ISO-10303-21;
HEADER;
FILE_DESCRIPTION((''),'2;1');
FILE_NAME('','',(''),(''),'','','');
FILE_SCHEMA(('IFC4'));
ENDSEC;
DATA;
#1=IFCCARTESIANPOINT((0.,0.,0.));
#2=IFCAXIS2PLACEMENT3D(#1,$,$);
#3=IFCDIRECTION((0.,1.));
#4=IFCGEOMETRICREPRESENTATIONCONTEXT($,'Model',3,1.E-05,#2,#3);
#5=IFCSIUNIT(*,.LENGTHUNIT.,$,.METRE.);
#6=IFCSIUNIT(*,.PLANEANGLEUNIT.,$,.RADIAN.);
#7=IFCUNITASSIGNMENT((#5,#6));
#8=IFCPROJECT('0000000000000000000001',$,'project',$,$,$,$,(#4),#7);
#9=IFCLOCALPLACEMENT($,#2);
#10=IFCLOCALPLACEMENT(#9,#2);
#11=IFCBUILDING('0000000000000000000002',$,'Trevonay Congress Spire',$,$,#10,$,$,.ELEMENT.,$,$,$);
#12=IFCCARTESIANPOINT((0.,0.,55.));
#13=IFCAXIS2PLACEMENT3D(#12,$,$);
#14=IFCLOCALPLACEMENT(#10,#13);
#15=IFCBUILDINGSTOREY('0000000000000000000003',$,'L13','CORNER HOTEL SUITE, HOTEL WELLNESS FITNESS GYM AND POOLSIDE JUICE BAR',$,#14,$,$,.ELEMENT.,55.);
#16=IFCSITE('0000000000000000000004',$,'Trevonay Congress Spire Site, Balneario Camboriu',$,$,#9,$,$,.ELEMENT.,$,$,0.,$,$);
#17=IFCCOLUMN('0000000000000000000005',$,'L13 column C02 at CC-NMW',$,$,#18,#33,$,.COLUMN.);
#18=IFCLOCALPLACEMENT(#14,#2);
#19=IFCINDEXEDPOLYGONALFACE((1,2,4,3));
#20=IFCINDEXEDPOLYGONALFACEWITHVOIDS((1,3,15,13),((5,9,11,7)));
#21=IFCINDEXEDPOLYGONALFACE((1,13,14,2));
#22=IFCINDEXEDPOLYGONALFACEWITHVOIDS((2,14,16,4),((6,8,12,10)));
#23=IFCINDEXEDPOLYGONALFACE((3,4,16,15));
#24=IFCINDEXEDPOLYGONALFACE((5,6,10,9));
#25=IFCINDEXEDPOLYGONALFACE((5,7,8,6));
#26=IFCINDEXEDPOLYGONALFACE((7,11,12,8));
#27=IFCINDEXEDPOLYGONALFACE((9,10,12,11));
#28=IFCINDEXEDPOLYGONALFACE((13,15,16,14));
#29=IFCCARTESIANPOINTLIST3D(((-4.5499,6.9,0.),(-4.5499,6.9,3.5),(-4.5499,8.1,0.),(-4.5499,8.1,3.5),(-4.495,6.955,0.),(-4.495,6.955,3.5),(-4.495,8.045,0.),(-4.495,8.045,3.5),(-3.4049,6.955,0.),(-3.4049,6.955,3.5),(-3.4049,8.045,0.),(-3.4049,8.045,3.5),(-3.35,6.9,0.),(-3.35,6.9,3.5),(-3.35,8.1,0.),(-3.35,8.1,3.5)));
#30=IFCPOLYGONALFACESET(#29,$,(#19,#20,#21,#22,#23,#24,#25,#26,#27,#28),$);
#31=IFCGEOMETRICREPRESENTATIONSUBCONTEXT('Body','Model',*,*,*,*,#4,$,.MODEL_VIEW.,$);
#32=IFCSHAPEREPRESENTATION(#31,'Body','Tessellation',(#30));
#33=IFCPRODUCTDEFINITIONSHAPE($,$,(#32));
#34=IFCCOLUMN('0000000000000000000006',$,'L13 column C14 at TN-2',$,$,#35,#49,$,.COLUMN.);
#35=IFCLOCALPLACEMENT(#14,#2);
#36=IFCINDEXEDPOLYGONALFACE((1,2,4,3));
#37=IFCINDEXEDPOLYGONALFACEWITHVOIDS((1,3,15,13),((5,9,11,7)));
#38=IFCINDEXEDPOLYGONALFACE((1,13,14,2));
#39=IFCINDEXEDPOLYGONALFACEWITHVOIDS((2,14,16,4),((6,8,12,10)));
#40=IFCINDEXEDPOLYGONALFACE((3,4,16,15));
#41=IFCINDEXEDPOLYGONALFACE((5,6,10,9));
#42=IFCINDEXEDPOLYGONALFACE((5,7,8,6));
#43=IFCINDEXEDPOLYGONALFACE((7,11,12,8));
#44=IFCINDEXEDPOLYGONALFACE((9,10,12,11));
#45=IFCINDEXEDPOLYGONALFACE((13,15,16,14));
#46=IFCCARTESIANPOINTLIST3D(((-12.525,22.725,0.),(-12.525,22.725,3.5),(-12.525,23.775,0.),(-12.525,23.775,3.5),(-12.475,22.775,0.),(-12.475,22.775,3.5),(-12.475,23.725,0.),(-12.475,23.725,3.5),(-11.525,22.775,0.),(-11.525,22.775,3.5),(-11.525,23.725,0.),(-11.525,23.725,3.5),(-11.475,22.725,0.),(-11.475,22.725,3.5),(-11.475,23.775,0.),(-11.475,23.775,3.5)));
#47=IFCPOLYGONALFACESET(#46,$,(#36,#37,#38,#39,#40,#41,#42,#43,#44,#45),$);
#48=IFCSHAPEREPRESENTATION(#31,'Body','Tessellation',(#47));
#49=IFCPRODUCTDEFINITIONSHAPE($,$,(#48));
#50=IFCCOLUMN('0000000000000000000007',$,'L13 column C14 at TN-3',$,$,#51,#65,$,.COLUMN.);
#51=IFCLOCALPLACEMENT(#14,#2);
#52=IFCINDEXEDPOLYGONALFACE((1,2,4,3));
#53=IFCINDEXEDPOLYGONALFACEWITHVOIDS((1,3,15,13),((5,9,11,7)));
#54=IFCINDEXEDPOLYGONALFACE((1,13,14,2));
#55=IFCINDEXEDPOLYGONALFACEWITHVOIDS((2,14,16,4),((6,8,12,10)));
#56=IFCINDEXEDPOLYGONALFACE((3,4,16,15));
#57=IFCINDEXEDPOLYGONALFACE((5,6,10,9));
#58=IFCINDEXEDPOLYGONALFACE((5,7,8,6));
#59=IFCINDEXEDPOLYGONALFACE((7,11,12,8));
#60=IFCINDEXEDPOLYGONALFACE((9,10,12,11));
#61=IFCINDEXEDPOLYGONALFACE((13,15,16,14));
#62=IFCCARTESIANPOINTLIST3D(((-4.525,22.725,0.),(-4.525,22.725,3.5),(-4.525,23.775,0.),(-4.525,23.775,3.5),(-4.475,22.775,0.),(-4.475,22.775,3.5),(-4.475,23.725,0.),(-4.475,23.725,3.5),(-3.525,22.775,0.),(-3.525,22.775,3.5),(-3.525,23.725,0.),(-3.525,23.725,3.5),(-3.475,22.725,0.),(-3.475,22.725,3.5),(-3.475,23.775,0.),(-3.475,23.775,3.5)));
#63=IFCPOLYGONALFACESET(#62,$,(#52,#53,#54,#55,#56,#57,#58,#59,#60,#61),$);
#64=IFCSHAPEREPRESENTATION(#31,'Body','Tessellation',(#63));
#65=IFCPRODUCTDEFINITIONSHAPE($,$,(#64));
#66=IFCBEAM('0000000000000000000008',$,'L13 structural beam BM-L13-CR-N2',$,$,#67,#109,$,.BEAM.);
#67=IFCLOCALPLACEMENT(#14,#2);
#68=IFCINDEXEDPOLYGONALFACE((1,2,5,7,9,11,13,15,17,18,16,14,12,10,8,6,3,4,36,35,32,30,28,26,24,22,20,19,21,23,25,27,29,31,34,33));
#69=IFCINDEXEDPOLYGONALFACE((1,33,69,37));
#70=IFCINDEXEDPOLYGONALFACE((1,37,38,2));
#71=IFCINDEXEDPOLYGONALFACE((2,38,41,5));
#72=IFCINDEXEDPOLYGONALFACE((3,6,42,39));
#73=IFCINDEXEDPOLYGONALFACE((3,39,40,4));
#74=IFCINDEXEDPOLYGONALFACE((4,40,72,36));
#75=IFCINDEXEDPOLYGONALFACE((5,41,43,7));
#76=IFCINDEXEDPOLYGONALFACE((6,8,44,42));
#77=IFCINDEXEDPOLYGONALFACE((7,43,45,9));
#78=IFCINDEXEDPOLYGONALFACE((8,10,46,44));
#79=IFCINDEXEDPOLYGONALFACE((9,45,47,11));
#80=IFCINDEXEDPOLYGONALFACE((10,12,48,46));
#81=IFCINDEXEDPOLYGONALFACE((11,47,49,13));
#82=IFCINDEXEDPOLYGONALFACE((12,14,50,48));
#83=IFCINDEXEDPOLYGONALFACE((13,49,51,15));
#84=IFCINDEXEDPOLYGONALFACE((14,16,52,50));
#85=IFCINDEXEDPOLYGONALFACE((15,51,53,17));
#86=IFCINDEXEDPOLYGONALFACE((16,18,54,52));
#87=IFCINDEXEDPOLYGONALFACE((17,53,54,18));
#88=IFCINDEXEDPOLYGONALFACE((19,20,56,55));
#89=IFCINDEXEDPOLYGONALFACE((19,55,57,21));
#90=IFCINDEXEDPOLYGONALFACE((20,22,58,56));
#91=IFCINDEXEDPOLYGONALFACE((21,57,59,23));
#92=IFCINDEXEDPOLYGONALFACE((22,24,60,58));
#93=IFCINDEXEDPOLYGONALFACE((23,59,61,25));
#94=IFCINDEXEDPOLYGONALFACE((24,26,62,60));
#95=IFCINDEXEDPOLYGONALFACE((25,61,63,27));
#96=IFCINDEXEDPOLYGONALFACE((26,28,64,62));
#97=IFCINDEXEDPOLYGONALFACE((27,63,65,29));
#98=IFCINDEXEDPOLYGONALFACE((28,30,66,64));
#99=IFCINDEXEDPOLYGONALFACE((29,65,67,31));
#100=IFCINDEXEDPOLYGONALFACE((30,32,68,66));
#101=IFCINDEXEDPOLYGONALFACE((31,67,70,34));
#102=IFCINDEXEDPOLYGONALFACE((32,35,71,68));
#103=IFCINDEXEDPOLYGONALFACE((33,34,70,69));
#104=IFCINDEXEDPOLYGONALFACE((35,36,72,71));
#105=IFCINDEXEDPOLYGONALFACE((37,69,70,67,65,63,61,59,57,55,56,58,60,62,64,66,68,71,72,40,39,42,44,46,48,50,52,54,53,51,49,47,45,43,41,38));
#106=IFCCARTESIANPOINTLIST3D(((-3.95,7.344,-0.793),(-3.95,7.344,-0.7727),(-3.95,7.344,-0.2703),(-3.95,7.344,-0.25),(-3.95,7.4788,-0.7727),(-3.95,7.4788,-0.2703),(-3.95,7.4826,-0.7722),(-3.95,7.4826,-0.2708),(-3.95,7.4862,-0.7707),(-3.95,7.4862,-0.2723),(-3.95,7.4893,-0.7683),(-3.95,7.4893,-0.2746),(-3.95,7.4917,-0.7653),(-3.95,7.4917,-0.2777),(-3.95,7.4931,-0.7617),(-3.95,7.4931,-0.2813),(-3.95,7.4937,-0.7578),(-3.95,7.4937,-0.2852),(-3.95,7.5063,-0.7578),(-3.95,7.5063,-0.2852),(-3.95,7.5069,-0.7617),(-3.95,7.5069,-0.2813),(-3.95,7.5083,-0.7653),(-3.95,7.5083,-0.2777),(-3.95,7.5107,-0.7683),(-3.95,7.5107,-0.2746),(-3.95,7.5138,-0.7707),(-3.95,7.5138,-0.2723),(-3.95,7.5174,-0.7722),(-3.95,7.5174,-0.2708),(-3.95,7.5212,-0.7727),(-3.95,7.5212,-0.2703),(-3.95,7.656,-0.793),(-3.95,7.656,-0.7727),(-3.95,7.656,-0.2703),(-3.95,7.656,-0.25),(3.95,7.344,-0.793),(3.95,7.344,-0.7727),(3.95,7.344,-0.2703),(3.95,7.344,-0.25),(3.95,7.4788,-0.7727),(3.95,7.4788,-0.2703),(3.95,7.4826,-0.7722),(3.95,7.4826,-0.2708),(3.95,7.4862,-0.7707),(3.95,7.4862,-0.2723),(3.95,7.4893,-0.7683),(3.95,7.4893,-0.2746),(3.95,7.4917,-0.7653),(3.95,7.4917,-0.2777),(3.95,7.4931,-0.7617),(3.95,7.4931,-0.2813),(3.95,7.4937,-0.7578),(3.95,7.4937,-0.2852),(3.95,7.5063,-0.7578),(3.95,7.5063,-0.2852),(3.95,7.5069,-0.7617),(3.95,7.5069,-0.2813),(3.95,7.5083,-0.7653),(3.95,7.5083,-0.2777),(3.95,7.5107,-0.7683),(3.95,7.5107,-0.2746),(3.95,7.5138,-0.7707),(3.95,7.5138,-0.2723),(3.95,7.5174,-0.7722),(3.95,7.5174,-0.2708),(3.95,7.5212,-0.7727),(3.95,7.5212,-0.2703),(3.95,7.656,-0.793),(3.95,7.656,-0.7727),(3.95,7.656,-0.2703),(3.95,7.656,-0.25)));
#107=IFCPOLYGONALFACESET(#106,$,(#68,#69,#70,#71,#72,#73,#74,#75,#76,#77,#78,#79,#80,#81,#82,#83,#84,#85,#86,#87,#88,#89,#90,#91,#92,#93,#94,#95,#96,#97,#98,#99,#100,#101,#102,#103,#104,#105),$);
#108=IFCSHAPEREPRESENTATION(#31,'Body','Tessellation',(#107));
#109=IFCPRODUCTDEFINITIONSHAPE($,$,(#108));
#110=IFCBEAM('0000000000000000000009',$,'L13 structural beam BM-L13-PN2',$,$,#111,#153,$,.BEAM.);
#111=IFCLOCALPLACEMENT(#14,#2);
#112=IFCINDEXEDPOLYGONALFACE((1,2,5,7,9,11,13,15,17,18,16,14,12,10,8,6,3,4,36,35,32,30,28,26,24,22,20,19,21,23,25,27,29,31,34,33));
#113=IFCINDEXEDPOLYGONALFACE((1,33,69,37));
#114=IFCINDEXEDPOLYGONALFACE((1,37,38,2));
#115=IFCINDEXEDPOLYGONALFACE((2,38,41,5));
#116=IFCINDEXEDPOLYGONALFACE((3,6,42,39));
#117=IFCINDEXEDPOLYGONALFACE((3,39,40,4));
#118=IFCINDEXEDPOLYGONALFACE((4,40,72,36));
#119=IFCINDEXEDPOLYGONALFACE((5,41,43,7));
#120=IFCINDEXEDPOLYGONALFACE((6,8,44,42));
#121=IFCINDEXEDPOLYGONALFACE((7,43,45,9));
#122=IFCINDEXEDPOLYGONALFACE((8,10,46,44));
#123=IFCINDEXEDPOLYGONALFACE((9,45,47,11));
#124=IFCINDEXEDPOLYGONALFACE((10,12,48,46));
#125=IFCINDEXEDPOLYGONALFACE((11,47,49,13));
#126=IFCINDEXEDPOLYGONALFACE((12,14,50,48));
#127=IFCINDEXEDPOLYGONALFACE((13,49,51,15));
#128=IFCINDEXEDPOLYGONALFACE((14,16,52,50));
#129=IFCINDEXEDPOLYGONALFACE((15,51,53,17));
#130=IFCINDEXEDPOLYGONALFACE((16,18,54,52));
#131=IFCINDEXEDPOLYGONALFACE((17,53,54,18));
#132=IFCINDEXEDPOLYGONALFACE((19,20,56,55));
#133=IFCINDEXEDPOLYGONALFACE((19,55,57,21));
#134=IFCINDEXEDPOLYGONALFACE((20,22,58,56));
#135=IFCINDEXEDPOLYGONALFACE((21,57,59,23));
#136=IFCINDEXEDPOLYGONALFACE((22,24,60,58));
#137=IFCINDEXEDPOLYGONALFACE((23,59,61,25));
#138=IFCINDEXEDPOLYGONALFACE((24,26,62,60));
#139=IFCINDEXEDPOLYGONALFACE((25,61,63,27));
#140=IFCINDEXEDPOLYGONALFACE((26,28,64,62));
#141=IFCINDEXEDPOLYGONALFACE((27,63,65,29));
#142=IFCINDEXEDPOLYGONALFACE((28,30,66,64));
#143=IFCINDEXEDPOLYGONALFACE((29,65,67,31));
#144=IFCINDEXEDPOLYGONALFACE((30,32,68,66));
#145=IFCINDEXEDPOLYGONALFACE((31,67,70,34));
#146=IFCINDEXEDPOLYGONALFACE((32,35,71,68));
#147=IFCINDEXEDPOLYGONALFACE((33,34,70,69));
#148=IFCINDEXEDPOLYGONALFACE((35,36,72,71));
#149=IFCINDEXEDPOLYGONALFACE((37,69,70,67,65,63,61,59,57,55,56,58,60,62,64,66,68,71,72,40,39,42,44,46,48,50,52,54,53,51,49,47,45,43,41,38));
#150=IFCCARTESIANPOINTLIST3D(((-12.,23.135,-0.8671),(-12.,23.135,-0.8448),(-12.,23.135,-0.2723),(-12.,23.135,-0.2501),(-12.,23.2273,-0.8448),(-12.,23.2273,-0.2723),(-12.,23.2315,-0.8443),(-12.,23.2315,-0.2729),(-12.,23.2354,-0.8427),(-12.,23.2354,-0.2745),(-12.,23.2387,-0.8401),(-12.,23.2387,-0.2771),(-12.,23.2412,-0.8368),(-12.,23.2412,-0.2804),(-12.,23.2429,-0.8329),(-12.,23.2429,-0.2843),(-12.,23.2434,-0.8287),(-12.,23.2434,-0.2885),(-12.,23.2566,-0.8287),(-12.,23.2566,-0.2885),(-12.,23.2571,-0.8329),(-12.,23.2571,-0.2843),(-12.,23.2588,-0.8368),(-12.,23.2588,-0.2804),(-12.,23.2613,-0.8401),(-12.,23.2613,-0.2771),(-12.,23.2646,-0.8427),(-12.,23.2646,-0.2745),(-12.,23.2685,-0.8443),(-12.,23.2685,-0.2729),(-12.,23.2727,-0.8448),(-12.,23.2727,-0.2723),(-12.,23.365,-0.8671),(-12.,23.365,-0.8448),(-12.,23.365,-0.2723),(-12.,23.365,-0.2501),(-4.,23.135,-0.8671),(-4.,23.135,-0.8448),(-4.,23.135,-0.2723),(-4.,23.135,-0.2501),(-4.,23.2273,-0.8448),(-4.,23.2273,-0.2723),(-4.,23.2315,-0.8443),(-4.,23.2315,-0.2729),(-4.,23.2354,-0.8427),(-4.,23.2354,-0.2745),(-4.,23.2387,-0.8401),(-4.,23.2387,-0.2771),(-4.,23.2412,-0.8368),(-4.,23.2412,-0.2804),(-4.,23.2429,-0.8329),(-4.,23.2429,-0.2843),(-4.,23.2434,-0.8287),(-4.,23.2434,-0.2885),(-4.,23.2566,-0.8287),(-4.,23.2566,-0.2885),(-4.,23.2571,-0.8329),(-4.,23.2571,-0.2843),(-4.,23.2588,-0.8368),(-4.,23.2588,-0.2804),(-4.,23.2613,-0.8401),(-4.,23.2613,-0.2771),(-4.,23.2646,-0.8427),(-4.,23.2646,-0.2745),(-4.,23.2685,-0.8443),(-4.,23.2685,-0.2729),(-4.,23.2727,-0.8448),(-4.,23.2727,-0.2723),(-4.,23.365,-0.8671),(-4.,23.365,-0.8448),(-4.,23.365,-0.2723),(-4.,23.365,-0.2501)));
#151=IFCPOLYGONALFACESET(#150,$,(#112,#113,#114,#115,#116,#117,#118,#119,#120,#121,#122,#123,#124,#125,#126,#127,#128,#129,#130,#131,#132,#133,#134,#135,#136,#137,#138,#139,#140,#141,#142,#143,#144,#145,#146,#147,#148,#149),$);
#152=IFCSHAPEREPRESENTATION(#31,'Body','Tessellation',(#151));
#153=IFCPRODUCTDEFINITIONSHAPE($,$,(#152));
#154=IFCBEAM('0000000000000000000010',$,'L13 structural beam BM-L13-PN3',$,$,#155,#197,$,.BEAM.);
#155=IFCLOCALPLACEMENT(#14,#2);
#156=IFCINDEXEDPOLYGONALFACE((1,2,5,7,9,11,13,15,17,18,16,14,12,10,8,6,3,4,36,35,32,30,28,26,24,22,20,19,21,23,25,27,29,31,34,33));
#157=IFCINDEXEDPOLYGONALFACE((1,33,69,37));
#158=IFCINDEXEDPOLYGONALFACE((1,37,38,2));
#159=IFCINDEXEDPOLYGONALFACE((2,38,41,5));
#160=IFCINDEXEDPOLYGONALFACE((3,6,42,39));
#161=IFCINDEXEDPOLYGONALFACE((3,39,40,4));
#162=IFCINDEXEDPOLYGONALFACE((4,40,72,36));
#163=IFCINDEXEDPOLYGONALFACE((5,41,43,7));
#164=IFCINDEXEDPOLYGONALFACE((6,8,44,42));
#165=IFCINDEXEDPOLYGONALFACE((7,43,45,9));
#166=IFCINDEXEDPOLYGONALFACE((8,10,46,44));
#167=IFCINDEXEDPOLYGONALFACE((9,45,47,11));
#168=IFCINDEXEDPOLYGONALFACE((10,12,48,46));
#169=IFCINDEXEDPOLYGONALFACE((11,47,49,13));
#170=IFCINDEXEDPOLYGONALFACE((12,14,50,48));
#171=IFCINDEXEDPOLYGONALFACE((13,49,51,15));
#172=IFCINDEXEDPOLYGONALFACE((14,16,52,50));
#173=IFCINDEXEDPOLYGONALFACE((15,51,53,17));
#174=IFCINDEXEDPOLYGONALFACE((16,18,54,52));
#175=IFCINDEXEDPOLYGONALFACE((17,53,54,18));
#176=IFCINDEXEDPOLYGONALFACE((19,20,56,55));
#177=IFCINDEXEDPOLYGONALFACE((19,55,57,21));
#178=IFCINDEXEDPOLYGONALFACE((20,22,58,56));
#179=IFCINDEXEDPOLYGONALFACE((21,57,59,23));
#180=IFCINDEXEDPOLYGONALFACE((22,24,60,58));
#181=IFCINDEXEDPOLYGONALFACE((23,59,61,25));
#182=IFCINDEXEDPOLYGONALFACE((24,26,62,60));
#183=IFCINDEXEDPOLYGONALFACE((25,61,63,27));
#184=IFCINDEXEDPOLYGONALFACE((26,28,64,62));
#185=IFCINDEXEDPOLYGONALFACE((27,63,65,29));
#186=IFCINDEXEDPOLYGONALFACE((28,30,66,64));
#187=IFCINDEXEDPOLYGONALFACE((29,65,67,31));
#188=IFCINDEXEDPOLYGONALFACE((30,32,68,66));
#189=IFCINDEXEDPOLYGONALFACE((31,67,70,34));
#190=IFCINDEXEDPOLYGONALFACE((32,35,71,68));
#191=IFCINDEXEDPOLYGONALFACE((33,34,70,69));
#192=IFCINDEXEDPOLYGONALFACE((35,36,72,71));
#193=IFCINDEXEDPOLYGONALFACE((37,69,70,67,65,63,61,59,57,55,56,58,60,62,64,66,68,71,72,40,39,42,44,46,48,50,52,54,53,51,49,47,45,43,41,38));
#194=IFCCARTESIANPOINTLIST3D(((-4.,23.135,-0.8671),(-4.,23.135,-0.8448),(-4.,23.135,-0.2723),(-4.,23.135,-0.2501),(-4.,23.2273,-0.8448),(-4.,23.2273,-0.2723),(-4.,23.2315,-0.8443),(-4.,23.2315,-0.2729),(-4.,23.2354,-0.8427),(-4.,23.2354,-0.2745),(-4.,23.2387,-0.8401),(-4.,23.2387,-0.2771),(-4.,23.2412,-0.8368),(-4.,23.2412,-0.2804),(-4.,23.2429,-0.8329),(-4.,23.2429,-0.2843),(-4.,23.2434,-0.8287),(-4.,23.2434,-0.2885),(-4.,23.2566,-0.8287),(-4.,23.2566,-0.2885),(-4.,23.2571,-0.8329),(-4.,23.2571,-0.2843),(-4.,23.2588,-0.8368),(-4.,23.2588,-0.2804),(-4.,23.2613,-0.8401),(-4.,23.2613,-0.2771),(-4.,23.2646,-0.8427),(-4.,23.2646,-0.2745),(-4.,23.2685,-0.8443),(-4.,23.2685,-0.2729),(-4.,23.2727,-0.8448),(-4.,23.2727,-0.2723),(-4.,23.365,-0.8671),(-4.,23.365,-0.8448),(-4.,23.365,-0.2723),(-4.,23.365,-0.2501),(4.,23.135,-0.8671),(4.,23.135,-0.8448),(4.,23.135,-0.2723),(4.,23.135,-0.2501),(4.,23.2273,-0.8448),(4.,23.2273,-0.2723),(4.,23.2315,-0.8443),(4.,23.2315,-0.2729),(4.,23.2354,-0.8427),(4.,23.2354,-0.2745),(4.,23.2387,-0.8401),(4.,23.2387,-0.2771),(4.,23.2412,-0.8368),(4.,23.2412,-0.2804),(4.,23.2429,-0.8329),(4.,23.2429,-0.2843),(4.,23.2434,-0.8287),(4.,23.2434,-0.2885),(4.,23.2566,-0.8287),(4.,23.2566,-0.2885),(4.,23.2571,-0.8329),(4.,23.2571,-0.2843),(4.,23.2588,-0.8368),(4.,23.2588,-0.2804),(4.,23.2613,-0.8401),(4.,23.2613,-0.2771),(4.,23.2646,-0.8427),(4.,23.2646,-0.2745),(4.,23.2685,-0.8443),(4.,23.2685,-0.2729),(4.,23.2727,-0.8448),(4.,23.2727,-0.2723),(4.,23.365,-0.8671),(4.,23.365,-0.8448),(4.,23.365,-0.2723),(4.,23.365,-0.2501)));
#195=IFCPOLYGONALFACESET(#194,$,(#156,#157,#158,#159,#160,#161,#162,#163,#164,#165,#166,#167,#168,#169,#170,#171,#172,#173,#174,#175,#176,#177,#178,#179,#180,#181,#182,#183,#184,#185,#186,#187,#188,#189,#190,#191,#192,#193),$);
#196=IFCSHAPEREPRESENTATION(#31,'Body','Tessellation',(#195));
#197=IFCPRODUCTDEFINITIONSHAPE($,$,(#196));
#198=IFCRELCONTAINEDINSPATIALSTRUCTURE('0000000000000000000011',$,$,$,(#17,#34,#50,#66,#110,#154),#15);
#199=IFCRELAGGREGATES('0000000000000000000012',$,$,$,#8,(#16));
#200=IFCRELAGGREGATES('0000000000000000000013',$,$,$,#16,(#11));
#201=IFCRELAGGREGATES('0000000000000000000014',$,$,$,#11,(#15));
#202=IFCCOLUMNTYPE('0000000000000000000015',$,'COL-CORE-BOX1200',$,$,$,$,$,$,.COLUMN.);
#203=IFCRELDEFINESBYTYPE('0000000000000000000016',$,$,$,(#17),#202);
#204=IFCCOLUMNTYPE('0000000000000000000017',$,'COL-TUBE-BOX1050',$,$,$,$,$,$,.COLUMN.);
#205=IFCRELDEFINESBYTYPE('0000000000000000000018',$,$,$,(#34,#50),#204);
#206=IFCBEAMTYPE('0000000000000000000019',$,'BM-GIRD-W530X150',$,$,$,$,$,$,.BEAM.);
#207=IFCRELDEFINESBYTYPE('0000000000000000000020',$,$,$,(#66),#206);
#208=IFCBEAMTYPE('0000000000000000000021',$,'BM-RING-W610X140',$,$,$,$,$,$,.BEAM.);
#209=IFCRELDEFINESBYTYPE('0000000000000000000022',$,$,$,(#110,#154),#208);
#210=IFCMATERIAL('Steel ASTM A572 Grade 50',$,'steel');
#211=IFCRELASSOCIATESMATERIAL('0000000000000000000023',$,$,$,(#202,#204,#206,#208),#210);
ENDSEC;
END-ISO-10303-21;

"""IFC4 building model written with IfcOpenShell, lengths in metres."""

from ifc_helpers import new_model, si_unit, direction, frame, origin, origin_2d, place, context, subcontext, project, spatial, hollow_rectangle, i_section, extrude, material, material_profile, profile_set, type_object, element, save


model = new_model("IFC4")

# Units and contexts
model_context = context("Model", 3, precision=1e-05, world=origin(), true_north=direction((0.0, 1.0)))
body_context = subcontext(model_context, "Body", "Model", "MODEL_VIEW")
ifc_project = project(units=[si_unit("LENGTHUNIT", "METRE"), si_unit("PLANEANGLEUNIT", "RADIAN")], contexts=[model_context])

# Site, building, storey
site_placement = place(None, origin())
site = spatial("IfcSite", under=ifc_project, at=site_placement, Name="Trevonay Congress Spire Site, Balneario Camboriu", CompositionType="ELEMENT", RefElevation=0.0)
building_placement = place(site_placement, origin())
building = spatial("IfcBuilding", under=site, at=building_placement, Name="Trevonay Congress Spire", CompositionType="ELEMENT")
storey_placement = place(building_placement, frame((0.0, 0.0, 55.0)))
storey = spatial("IfcBuildingStorey", under=building, at=storey_placement, Name="L13", Description="CORNER HOTEL SUITE, HOTEL WELLNESS FITNESS GYM AND POOLSIDE JUICE BAR", CompositionType="ELEMENT", Elevation=55.0)

# Columns
ifc_material_1 = material(Name="Steel ASTM A572 Grade 50", Category="steel")
ifc_material_profile_1 = material_profile(ifc_material_1, hollow_rectangle(XDim=1.2, YDim=1.2, WallThickness=0.0549, at=origin_2d()), Name="BOX 1200x1200x55")
ifc_profile_set_1 = profile_set([ifc_material_profile_1], Name="Steel ASTM A572 Grade 50")
column_type_1 = type_object("IfcColumnType", Name="COL-CORE-BOX1200", PredefinedType="COLUMN", material=ifc_profile_set_1)
column_placement = place(storey_placement, frame((-3.95, 7.5, 0.0), z_axis=(0.0, 0.0, 1.0), x_axis=(1.0, 0.0, 0.0)))
element("IfcColumn", 1, at=column_placement, inside=storey, type_object=column_type_1, Name="L13 column C02 at CC-NMW", PredefinedType="COLUMN", context=body_context, shape_type="SweptSolid", body=[
    extrude(hollow_rectangle(XDim=1.2, YDim=1.2, WallThickness=0.0549, at=origin_2d()), origin(), (0.0, 0.0, 1.0), 3.5),
])
ifc_material_profile_2 = material_profile(ifc_material_1, hollow_rectangle(XDim=1.05, YDim=1.05, WallThickness=0.05, at=origin_2d()), Name="BOX 1050x1050x50")
ifc_profile_set_2 = profile_set([ifc_material_profile_2], Name="Steel ASTM A572 Grade 50")
column_type_2 = type_object("IfcColumnType", Name="COL-TUBE-BOX1050", PredefinedType="COLUMN", material=ifc_profile_set_2)
for number, where, z_axis, x_axis, name in (
    (2, (-12.0, 23.25, 0.0), (0.0, 0.0, 1.0), (1.0, 0.0, 0.0), "L13 column C14 at TN-2"),
    (3, (-4.0, 23.25, 0.0), (0.0, 0.0, 1.0), (1.0, 0.0, 0.0), "L13 column C14 at TN-3"),
):
    element("IfcColumn", number, at=place(storey_placement, frame(where, z_axis=z_axis, x_axis=x_axis)), inside=storey, type_object=column_type_2, Name=name, PredefinedType="COLUMN", context=body_context, shape_type="SweptSolid", body=[
        extrude(hollow_rectangle(XDim=1.05, YDim=1.05, WallThickness=0.05, at=origin_2d()), origin(), (0.0, 0.0, 1.0), 3.5),
    ])

# Beams
ifc_material_profile_3 = material_profile(ifc_material_1, i_section(OverallWidth=0.312, OverallDepth=0.543, WebThickness=0.0127, FlangeThickness=0.0203, FilletRadius=0.0149, at=origin_2d()), Name="W530x150")
ifc_profile_set_3 = profile_set([ifc_material_profile_3], Name="Steel ASTM A572 Grade 50")
beam_type_1 = type_object("IfcBeamType", Name="BM-GIRD-W530X150", PredefinedType="BEAM", material=ifc_profile_set_3)
beam_placement = place(storey_placement, frame((-3.95, 7.5, -0.5215), z_axis=(1.0, 0.0, 0.0), x_axis=(0.0, 1.0, 0.0)))
element("IfcBeam", 4, at=beam_placement, inside=storey, type_object=beam_type_1, Name="L13 structural beam BM-L13-CR-N2", PredefinedType="BEAM", context=body_context, shape_type="SweptSolid", body=[
    extrude(i_section(OverallWidth=0.312, OverallDepth=0.543, WebThickness=0.0127, FlangeThickness=0.0203, FilletRadius=0.0149, at=origin_2d()), origin(), (0.0, 0.0, 1.0), 7.8999),
])
ifc_material_profile_4 = material_profile(ifc_material_1, i_section(OverallWidth=0.23, OverallDepth=0.6169, WebThickness=0.0132, FlangeThickness=0.0222, FilletRadius=0.0161, at=origin_2d()), Name="W610x140")
ifc_profile_set_4 = profile_set([ifc_material_profile_4], Name="Steel ASTM A572 Grade 50")
beam_type_2 = type_object("IfcBeamType", Name="BM-RING-W610X140", PredefinedType="BEAM", material=ifc_profile_set_4)
for number, where, z_axis, x_axis, name in (
    (5, (-12.0, 23.25, -0.5586), (1.0, 0.0, 0.0), (0.0, 1.0, 0.0), "L13 structural beam BM-L13-PN2"),
    (6, (-4.0, 23.25, -0.5586), (1.0, 0.0, 0.0), (0.0, 1.0, 0.0), "L13 structural beam BM-L13-PN3"),
):
    element("IfcBeam", number, at=place(storey_placement, frame(where, z_axis=z_axis, x_axis=x_axis)), inside=storey, type_object=beam_type_2, Name=name, PredefinedType="BEAM", context=body_context, shape_type="SweptSolid", body=[
        extrude(i_section(OverallWidth=0.23, OverallDepth=0.6169, WebThickness=0.0132, FlangeThickness=0.0222, FilletRadius=0.0161, at=origin_2d()), origin(), (0.0, 0.0, 1.0), 8.0),
    ])

save(model, "model.ifc")
